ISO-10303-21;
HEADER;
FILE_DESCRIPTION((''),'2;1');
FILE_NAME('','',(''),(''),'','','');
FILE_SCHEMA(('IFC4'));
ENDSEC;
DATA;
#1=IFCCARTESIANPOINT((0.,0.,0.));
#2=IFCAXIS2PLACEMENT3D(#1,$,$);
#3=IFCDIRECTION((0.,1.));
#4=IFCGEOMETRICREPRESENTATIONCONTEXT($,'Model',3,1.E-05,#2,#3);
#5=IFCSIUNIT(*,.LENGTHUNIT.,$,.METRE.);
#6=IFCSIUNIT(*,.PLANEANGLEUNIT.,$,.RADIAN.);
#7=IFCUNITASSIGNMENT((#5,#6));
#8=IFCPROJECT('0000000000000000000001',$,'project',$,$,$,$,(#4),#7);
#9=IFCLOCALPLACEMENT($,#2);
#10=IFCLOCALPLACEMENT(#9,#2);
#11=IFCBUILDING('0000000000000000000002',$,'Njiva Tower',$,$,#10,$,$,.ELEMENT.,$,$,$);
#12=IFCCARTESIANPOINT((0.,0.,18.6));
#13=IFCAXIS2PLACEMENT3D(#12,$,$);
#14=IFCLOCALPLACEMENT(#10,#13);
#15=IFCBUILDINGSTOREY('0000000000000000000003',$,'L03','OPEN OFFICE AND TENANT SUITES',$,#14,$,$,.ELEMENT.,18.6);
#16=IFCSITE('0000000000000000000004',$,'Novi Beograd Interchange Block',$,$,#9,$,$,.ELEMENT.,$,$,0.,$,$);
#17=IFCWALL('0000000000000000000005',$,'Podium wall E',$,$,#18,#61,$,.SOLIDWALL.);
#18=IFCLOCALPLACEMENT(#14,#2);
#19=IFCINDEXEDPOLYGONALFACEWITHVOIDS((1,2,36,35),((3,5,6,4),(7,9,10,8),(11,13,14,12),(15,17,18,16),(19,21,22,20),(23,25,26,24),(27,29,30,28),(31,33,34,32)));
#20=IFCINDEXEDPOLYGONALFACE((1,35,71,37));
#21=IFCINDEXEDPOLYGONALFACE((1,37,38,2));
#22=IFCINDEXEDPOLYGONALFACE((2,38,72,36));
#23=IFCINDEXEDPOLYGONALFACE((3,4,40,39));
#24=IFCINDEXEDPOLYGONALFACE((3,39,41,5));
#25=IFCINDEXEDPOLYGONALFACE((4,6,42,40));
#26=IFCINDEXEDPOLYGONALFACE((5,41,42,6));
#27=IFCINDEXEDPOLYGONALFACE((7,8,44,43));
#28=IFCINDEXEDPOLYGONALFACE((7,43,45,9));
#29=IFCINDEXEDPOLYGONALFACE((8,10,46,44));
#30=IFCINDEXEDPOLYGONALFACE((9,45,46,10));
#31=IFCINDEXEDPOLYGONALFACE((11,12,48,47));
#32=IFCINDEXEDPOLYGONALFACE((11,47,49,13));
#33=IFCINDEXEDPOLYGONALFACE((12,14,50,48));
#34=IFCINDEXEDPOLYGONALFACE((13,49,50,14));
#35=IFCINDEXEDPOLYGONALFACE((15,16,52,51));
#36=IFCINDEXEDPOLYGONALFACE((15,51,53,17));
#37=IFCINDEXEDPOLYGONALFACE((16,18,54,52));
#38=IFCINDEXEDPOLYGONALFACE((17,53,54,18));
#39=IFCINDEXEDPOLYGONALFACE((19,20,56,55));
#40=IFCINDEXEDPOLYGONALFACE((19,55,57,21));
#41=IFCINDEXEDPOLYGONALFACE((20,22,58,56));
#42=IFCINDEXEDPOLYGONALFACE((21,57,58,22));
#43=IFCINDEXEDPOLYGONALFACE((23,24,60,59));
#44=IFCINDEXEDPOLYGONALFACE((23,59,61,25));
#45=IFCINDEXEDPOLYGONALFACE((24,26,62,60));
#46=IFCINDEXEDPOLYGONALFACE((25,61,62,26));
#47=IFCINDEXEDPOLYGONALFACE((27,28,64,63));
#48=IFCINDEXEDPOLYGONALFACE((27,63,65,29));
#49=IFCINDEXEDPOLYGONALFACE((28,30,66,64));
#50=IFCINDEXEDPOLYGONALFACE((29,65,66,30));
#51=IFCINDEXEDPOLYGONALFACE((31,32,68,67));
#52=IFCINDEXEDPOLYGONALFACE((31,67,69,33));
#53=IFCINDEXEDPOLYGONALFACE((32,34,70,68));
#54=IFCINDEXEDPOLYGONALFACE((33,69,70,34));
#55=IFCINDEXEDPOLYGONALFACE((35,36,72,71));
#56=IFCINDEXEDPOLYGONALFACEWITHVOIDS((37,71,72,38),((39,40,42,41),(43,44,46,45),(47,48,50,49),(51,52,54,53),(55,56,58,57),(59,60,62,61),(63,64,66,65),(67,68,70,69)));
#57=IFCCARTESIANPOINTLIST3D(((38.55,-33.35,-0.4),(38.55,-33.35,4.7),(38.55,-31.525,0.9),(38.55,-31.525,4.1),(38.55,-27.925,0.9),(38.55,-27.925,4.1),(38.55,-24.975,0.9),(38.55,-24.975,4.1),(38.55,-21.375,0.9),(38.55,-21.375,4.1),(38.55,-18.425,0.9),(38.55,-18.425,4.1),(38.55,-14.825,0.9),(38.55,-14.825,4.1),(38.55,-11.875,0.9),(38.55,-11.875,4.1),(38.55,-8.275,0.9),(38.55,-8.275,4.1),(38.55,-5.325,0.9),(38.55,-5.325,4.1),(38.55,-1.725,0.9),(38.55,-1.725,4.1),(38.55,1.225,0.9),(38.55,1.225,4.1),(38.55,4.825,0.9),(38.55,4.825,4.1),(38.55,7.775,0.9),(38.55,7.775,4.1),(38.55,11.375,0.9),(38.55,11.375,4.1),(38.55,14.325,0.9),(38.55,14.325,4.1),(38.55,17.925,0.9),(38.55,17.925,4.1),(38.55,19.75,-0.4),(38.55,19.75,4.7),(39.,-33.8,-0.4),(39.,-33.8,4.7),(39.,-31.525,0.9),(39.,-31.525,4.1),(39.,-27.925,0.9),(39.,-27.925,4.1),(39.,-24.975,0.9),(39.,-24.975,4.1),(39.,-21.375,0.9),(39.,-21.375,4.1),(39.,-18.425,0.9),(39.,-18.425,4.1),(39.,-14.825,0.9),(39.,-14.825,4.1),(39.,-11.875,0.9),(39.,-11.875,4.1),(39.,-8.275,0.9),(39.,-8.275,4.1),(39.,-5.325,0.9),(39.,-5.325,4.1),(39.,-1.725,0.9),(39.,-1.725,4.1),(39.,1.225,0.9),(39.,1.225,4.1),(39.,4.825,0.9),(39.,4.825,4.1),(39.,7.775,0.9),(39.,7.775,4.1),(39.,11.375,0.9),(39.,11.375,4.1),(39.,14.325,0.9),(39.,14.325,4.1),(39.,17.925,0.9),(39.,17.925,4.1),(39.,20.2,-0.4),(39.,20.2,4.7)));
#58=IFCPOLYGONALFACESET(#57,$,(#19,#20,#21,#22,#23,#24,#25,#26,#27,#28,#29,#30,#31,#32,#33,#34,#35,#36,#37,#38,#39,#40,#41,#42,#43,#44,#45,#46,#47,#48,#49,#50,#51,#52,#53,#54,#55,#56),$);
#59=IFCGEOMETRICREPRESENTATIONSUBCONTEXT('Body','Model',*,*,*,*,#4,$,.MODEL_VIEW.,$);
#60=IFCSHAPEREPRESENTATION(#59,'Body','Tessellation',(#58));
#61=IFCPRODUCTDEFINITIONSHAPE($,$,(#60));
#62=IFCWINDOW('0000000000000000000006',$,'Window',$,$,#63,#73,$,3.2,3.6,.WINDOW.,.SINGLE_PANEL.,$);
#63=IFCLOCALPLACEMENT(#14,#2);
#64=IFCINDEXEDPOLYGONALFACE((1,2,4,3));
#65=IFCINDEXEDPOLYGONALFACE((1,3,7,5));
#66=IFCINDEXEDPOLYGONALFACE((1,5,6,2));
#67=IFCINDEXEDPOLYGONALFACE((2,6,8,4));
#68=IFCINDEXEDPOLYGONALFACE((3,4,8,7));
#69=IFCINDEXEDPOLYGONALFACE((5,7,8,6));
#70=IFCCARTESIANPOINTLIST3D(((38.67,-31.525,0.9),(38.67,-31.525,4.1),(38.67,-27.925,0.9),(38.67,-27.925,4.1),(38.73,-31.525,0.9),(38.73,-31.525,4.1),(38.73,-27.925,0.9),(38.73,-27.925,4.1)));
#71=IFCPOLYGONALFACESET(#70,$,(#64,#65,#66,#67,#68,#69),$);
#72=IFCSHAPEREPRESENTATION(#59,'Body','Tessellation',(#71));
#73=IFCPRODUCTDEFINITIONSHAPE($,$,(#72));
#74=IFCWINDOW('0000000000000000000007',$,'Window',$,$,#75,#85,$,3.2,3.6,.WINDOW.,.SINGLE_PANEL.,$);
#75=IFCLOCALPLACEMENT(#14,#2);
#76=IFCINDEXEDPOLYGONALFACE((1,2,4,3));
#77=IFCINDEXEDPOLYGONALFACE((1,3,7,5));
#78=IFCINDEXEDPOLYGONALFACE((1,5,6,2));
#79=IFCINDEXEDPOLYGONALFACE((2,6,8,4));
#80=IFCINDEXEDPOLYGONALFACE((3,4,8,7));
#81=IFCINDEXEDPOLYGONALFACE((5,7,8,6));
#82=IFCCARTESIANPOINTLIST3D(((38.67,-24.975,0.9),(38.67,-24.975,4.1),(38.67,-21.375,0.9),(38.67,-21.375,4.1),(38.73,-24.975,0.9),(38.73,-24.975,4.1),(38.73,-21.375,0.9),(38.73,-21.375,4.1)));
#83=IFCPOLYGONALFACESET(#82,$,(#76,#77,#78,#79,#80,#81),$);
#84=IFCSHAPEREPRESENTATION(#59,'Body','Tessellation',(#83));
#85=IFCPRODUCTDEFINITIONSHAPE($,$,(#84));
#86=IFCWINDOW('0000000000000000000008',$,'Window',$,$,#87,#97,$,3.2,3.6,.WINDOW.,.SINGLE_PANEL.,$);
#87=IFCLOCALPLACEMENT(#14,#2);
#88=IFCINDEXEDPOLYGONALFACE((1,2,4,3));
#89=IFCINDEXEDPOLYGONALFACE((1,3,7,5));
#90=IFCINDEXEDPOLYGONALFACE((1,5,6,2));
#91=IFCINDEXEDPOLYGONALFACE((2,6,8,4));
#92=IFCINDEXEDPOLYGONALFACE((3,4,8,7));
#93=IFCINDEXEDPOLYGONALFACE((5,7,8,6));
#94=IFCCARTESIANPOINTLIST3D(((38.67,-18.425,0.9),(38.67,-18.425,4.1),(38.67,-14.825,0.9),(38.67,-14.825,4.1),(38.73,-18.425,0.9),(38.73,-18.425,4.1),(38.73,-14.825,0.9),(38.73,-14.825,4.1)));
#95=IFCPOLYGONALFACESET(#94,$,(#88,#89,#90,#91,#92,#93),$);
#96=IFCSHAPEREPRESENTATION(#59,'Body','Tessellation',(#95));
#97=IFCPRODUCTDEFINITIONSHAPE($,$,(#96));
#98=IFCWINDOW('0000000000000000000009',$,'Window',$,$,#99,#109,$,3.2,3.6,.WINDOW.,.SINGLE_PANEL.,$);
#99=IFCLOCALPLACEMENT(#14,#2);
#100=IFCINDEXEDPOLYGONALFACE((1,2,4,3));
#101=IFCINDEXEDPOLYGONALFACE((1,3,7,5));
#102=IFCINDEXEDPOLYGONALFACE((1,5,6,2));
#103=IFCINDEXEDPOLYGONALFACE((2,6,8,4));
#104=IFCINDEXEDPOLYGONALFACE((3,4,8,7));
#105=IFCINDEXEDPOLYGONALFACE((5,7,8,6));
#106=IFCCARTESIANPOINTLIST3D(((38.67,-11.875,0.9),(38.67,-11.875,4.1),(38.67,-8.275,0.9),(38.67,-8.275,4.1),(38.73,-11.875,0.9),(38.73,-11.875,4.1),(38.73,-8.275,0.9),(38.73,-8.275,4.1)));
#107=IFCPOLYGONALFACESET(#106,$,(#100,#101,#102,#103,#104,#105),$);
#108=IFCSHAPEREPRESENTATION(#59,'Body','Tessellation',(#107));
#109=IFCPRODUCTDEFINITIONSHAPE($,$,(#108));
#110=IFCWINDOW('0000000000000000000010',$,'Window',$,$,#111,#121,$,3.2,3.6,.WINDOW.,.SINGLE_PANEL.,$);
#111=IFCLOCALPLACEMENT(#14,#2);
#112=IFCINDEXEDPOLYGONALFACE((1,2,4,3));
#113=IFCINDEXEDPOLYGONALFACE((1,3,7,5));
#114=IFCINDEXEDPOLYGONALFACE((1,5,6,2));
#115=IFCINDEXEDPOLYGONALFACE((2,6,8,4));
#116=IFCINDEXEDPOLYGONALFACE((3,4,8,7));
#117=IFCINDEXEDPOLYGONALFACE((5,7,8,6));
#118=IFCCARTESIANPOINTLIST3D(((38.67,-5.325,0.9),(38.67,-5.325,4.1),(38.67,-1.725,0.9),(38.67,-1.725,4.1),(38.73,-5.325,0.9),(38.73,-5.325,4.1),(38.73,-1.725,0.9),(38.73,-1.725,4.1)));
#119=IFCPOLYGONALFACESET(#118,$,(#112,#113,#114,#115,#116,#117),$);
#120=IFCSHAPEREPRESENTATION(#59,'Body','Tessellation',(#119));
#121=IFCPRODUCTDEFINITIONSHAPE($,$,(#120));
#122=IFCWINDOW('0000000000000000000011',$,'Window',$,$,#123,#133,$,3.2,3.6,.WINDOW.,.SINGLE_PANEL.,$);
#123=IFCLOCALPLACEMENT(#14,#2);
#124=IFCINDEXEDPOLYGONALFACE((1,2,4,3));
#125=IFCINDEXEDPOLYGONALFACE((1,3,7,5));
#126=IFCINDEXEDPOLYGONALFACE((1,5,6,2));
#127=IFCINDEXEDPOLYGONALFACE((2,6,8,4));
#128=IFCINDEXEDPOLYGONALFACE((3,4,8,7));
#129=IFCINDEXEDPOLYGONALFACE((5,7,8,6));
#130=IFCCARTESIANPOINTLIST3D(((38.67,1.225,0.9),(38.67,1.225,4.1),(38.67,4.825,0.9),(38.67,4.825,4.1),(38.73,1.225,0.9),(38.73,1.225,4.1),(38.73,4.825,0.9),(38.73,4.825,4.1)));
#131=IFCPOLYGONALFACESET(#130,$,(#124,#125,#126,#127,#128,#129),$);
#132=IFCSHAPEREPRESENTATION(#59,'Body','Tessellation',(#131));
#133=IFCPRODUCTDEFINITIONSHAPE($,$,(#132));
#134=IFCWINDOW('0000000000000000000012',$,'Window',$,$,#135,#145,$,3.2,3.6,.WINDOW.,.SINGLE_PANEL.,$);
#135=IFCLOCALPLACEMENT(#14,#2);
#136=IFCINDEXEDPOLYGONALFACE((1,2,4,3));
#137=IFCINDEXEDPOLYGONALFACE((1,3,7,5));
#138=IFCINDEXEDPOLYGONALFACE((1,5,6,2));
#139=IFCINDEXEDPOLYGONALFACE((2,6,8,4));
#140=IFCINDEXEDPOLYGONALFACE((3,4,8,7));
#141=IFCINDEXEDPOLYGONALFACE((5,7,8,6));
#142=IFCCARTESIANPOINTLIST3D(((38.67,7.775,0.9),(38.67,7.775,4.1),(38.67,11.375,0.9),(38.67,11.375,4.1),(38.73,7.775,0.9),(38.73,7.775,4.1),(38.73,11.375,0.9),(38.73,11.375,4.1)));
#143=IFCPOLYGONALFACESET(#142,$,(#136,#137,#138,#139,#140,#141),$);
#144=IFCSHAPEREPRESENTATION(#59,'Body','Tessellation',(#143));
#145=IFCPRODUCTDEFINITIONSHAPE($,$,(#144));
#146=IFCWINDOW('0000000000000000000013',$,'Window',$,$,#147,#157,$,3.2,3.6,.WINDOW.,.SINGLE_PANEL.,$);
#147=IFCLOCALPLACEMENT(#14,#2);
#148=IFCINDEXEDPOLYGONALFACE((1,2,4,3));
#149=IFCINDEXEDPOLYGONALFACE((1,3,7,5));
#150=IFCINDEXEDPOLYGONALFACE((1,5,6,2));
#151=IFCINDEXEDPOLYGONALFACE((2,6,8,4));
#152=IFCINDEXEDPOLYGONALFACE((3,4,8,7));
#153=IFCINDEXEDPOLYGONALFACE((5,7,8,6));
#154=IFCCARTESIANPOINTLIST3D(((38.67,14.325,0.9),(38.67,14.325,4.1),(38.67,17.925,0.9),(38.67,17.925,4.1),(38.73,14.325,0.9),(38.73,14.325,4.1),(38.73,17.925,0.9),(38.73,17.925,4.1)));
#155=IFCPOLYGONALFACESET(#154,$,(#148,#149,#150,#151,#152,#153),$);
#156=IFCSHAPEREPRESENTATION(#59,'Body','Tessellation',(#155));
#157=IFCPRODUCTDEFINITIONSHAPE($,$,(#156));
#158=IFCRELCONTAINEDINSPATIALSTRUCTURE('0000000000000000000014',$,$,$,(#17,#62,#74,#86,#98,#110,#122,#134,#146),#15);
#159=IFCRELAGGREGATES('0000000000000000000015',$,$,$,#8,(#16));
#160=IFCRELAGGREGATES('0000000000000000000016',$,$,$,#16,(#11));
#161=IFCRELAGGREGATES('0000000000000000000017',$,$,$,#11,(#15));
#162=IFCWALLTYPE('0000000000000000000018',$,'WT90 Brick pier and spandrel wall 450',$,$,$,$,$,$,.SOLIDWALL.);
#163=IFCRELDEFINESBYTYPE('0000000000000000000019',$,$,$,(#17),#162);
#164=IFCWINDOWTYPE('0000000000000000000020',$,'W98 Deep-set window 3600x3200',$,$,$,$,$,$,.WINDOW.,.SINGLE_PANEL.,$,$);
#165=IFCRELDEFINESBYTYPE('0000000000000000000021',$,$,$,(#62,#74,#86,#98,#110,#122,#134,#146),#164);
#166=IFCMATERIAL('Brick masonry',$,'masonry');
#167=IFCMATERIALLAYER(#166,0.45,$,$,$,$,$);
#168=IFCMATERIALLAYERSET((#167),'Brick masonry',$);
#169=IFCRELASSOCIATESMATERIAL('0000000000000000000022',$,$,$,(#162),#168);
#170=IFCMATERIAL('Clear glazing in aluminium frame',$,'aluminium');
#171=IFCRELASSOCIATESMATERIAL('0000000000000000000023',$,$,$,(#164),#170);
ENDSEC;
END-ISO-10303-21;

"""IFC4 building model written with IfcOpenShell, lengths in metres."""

from ifc_helpers import new_model, si_unit, direction, frame, frame_2d, origin, place, context, subcontext, project, spatial, polyline, rectangle, outline, extrude, material, layer, layer_set, type_object, element, fill, save


model = new_model("IFC4")

# Units and contexts
model_context = context("Model", 3, precision=1e-05, world=origin(), true_north=direction((0.0, 1.0)))
body_context = subcontext(model_context, "Body", "Model", "MODEL_VIEW")
ifc_project = project(units=[si_unit("LENGTHUNIT", "METRE"), si_unit("PLANEANGLEUNIT", "RADIAN")], contexts=[model_context])

# Site, building, storey
site_placement = place(None, origin())
site = spatial("IfcSite", under=ifc_project, at=site_placement, Name="Novi Beograd Interchange Block", CompositionType="ELEMENT", RefElevation=0.0)
building_placement = place(site_placement, origin())
building = spatial("IfcBuilding", under=site, at=building_placement, Name="Njiva Tower", CompositionType="ELEMENT")
storey_placement = place(building_placement, frame((0.0, 0.0, 18.6)))
storey = spatial("IfcBuildingStorey", under=building, at=storey_placement, Name="L03", Description="OPEN OFFICE AND TENANT SUITES", CompositionType="ELEMENT", Elevation=18.6)

# Wall, openings, windows
ifc_material_1 = material(Name="Brick masonry", Category="masonry")
ifc_layer_1 = layer(ifc_material_1, 0.45)
ifc_layer_set_1 = layer_set([ifc_layer_1], Name="Brick masonry")
wall_type_1 = type_object("IfcWallType", Name="WT90 Brick pier and spandrel wall 450", PredefinedType="SOLIDWALL", material=ifc_layer_set_1)
wall_1_placement = place(storey_placement, frame((38.775, -33.575, -0.4), z_axis=(0.0, 0.0, 1.0), x_axis=(0.0, 1.0, 0.0)))
wall_1 = element("IfcWall", 1, at=wall_1_placement, inside=storey, type_object=wall_type_1, Name="Podium wall E", PredefinedType="SOLIDWALL", context=body_context, shape_type="SweptSolid", body=[
    extrude(outline(polyline([(-0.225, -0.225), (53.775, -0.225), (53.325, 0.225), (0.225, 0.225), (-0.225, -0.225)])), origin(), (0.0, 0.0, 1.0), 5.1),
])
opening_1_placement = place(wall_1_placement, frame((2.05, 0.0, 1.3)))
opening_1 = element("IfcOpeningElement", 2, at=opening_1_placement, cuts=wall_1, PredefinedType="OPENING", context=body_context, shape_type="SweptSolid", body=[
    extrude(rectangle(XDim=3.6, YDim=3.2, at=frame_2d((1.8, 1.6))), frame((0.0, 0.235, 0.0), z_axis=(0.0, -1.0, 0.0), x_axis=(1.0, 0.0, 0.0)), (0.0, 0.0, 1.0), 0.47),
])
opening_2_placement = place(wall_1_placement, frame((8.6, 0.0, 1.3)))
opening_2 = element("IfcOpeningElement", 3, at=opening_2_placement, cuts=wall_1, PredefinedType="OPENING", context=body_context, shape_type="SweptSolid", body=[
    extrude(rectangle(XDim=3.6, YDim=3.2, at=frame_2d((1.8, 1.6))), frame((0.0, 0.235, 0.0), z_axis=(0.0, -1.0, 0.0), x_axis=(1.0, 0.0, 0.0)), (0.0, 0.0, 1.0), 0.47),
])
opening_3_placement = place(wall_1_placement, frame((15.15, 0.0, 1.3)))
opening_3 = element("IfcOpeningElement", 4, at=opening_3_placement, cuts=wall_1, PredefinedType="OPENING", context=body_context, shape_type="SweptSolid", body=[
    extrude(rectangle(XDim=3.6, YDim=3.2, at=frame_2d((1.8, 1.6))), frame((0.0, 0.235, 0.0), z_axis=(0.0, -1.0, 0.0), x_axis=(1.0, 0.0, 0.0)), (0.0, 0.0, 1.0), 0.47),
])
opening_4_placement = place(wall_1_placement, frame((21.7, 0.0, 1.3)))
opening_4 = element("IfcOpeningElement", 5, at=opening_4_placement, cuts=wall_1, PredefinedType="OPENING", context=body_context, shape_type="SweptSolid", body=[
    extrude(rectangle(XDim=3.6, YDim=3.2, at=frame_2d((1.8, 1.6))), frame((0.0, 0.235, 0.0), z_axis=(0.0, -1.0, 0.0), x_axis=(1.0, 0.0, 0.0)), (0.0, 0.0, 1.0), 0.47),
])
opening_5_placement = place(wall_1_placement, frame((28.25, 0.0, 1.3)))
opening_5 = element("IfcOpeningElement", 6, at=opening_5_placement, cuts=wall_1, PredefinedType="OPENING", context=body_context, shape_type="SweptSolid", body=[
    extrude(rectangle(XDim=3.6, YDim=3.2, at=frame_2d((1.8, 1.6))), frame((0.0, 0.235, 0.0), z_axis=(0.0, -1.0, 0.0), x_axis=(1.0, 0.0, 0.0)), (0.0, 0.0, 1.0), 0.47),
])
opening_6_placement = place(wall_1_placement, frame((34.8, 0.0, 1.3)))
opening_6 = element("IfcOpeningElement", 7, at=opening_6_placement, cuts=wall_1, PredefinedType="OPENING", context=body_context, shape_type="SweptSolid", body=[
    extrude(rectangle(XDim=3.6, YDim=3.2, at=frame_2d((1.8, 1.6))), frame((0.0, 0.235, 0.0), z_axis=(0.0, -1.0, 0.0), x_axis=(1.0, 0.0, 0.0)), (0.0, 0.0, 1.0), 0.47),
])
opening_7_placement = place(wall_1_placement, frame((41.35, 0.0, 1.3)))
opening_7 = element("IfcOpeningElement", 8, at=opening_7_placement, cuts=wall_1, PredefinedType="OPENING", context=body_context, shape_type="SweptSolid", body=[
    extrude(rectangle(XDim=3.6, YDim=3.2, at=frame_2d((1.8, 1.6))), frame((0.0, 0.235, 0.0), z_axis=(0.0, -1.0, 0.0), x_axis=(1.0, 0.0, 0.0)), (0.0, 0.0, 1.0), 0.47),
])
opening_8_placement = place(wall_1_placement, frame((47.9, 0.0, 1.3)))
opening_8 = element("IfcOpeningElement", 9, at=opening_8_placement, cuts=wall_1, PredefinedType="OPENING", context=body_context, shape_type="SweptSolid", body=[
    extrude(rectangle(XDim=3.6, YDim=3.2, at=frame_2d((1.8, 1.6))), frame((0.0, 0.235, 0.0), z_axis=(0.0, -1.0, 0.0), x_axis=(1.0, 0.0, 0.0)), (0.0, 0.0, 1.0), 0.47),
])
ifc_material_2 = material(Name="Clear glazing in aluminium frame", Category="aluminium")
window_type = type_object("IfcWindowType", Name="W98 Deep-set window 3600x3200", PartitioningType="SINGLE_PANEL", PredefinedType="WINDOW", material=ifc_material_2)
window_1_placement = place(opening_1_placement, origin())
window_1 = element("IfcWindow", 10, at=window_1_placement, inside=storey, type_object=window_type, Name="Window", OverallHeight=3.2, OverallWidth=3.6, PartitioningType="SINGLE_PANEL", PredefinedType="WINDOW", context=body_context, shape_type="SweptSolid", body=[
    extrude(rectangle(XDim=3.6, YDim=3.2, at=frame_2d((1.8, 1.6))), frame((0.0, 0.105, 0.0), z_axis=(0.0, -1.0, 0.0), x_axis=(1.0, 0.0, 0.0)), (0.0, 0.0, 1.0), 0.06),
])
fill(opening_1, window_1)
window_2_placement = place(opening_2_placement, origin())
window_2 = element("IfcWindow", 11, at=window_2_placement, inside=storey, type_object=window_type, Name="Window", OverallHeight=3.2, OverallWidth=3.6, PartitioningType="SINGLE_PANEL", PredefinedType="WINDOW", context=body_context, shape_type="SweptSolid", body=[
    extrude(rectangle(XDim=3.6, YDim=3.2, at=frame_2d((1.8, 1.6))), frame((0.0, 0.105, 0.0), z_axis=(0.0, -1.0, 0.0), x_axis=(1.0, 0.0, 0.0)), (0.0, 0.0, 1.0), 0.06),
])
fill(opening_2, window_2)
window_3_placement = place(opening_3_placement, origin())
window_3 = element("IfcWindow", 12, at=window_3_placement, inside=storey, type_object=window_type, Name="Window", OverallHeight=3.2, OverallWidth=3.6, PartitioningType="SINGLE_PANEL", PredefinedType="WINDOW", context=body_context, shape_type="SweptSolid", body=[
    extrude(rectangle(XDim=3.6, YDim=3.2, at=frame_2d((1.8, 1.6))), frame((0.0, 0.105, 0.0), z_axis=(0.0, -1.0, 0.0), x_axis=(1.0, 0.0, 0.0)), (0.0, 0.0, 1.0), 0.06),
])
fill(opening_3, window_3)
window_4_placement = place(opening_4_placement, origin())
window_4 = element("IfcWindow", 13, at=window_4_placement, inside=storey, type_object=window_type, Name="Window", OverallHeight=3.2, OverallWidth=3.6, PartitioningType="SINGLE_PANEL", PredefinedType="WINDOW", context=body_context, shape_type="SweptSolid", body=[
    extrude(rectangle(XDim=3.6, YDim=3.2, at=frame_2d((1.8, 1.6))), frame((0.0, 0.105, 0.0), z_axis=(0.0, -1.0, 0.0), x_axis=(1.0, 0.0, 0.0)), (0.0, 0.0, 1.0), 0.06),
])
fill(opening_4, window_4)
window_5_placement = place(opening_5_placement, origin())
window_5 = element("IfcWindow", 14, at=window_5_placement, inside=storey, type_object=window_type, Name="Window", OverallHeight=3.2, OverallWidth=3.6, PartitioningType="SINGLE_PANEL", PredefinedType="WINDOW", context=body_context, shape_type="SweptSolid", body=[
    extrude(rectangle(XDim=3.6, YDim=3.2, at=frame_2d((1.8, 1.6))), frame((0.0, 0.105, 0.0), z_axis=(0.0, -1.0, 0.0), x_axis=(1.0, 0.0, 0.0)), (0.0, 0.0, 1.0), 0.06),
])
fill(opening_5, window_5)
window_6_placement = place(opening_6_placement, origin())
window_6 = element("IfcWindow", 15, at=window_6_placement, inside=storey, type_object=window_type, Name="Window", OverallHeight=3.2, OverallWidth=3.6, PartitioningType="SINGLE_PANEL", PredefinedType="WINDOW", context=body_context, shape_type="SweptSolid", body=[
    extrude(rectangle(XDim=3.6, YDim=3.2, at=frame_2d((1.8, 1.6))), frame((0.0, 0.105, 0.0), z_axis=(0.0, -1.0, 0.0), x_axis=(1.0, 0.0, 0.0)), (0.0, 0.0, 1.0), 0.06),
])
fill(opening_6, window_6)
window_7_placement = place(opening_7_placement, origin())
window_7 = element("IfcWindow", 16, at=window_7_placement, inside=storey, type_object=window_type, Name="Window", OverallHeight=3.2, OverallWidth=3.6, PartitioningType="SINGLE_PANEL", PredefinedType="WINDOW", context=body_context, shape_type="SweptSolid", body=[
    extrude(rectangle(XDim=3.6, YDim=3.2, at=frame_2d((1.8, 1.6))), frame((0.0, 0.105, 0.0), z_axis=(0.0, -1.0, 0.0), x_axis=(1.0, 0.0, 0.0)), (0.0, 0.0, 1.0), 0.06),
])
fill(opening_7, window_7)
window_8_placement = place(opening_8_placement, origin())
window_8 = element("IfcWindow", 17, at=window_8_placement, inside=storey, type_object=window_type, Name="Window", OverallHeight=3.2, OverallWidth=3.6, PartitioningType="SINGLE_PANEL", PredefinedType="WINDOW", context=body_context, shape_type="SweptSolid", body=[
    extrude(rectangle(XDim=3.6, YDim=3.2, at=frame_2d((1.8, 1.6))), frame((0.0, 0.105, 0.0), z_axis=(0.0, -1.0, 0.0), x_axis=(1.0, 0.0, 0.0)), (0.0, 0.0, 1.0), 0.06),
])
fill(opening_8, window_8)

save(model, "model.ifc")
